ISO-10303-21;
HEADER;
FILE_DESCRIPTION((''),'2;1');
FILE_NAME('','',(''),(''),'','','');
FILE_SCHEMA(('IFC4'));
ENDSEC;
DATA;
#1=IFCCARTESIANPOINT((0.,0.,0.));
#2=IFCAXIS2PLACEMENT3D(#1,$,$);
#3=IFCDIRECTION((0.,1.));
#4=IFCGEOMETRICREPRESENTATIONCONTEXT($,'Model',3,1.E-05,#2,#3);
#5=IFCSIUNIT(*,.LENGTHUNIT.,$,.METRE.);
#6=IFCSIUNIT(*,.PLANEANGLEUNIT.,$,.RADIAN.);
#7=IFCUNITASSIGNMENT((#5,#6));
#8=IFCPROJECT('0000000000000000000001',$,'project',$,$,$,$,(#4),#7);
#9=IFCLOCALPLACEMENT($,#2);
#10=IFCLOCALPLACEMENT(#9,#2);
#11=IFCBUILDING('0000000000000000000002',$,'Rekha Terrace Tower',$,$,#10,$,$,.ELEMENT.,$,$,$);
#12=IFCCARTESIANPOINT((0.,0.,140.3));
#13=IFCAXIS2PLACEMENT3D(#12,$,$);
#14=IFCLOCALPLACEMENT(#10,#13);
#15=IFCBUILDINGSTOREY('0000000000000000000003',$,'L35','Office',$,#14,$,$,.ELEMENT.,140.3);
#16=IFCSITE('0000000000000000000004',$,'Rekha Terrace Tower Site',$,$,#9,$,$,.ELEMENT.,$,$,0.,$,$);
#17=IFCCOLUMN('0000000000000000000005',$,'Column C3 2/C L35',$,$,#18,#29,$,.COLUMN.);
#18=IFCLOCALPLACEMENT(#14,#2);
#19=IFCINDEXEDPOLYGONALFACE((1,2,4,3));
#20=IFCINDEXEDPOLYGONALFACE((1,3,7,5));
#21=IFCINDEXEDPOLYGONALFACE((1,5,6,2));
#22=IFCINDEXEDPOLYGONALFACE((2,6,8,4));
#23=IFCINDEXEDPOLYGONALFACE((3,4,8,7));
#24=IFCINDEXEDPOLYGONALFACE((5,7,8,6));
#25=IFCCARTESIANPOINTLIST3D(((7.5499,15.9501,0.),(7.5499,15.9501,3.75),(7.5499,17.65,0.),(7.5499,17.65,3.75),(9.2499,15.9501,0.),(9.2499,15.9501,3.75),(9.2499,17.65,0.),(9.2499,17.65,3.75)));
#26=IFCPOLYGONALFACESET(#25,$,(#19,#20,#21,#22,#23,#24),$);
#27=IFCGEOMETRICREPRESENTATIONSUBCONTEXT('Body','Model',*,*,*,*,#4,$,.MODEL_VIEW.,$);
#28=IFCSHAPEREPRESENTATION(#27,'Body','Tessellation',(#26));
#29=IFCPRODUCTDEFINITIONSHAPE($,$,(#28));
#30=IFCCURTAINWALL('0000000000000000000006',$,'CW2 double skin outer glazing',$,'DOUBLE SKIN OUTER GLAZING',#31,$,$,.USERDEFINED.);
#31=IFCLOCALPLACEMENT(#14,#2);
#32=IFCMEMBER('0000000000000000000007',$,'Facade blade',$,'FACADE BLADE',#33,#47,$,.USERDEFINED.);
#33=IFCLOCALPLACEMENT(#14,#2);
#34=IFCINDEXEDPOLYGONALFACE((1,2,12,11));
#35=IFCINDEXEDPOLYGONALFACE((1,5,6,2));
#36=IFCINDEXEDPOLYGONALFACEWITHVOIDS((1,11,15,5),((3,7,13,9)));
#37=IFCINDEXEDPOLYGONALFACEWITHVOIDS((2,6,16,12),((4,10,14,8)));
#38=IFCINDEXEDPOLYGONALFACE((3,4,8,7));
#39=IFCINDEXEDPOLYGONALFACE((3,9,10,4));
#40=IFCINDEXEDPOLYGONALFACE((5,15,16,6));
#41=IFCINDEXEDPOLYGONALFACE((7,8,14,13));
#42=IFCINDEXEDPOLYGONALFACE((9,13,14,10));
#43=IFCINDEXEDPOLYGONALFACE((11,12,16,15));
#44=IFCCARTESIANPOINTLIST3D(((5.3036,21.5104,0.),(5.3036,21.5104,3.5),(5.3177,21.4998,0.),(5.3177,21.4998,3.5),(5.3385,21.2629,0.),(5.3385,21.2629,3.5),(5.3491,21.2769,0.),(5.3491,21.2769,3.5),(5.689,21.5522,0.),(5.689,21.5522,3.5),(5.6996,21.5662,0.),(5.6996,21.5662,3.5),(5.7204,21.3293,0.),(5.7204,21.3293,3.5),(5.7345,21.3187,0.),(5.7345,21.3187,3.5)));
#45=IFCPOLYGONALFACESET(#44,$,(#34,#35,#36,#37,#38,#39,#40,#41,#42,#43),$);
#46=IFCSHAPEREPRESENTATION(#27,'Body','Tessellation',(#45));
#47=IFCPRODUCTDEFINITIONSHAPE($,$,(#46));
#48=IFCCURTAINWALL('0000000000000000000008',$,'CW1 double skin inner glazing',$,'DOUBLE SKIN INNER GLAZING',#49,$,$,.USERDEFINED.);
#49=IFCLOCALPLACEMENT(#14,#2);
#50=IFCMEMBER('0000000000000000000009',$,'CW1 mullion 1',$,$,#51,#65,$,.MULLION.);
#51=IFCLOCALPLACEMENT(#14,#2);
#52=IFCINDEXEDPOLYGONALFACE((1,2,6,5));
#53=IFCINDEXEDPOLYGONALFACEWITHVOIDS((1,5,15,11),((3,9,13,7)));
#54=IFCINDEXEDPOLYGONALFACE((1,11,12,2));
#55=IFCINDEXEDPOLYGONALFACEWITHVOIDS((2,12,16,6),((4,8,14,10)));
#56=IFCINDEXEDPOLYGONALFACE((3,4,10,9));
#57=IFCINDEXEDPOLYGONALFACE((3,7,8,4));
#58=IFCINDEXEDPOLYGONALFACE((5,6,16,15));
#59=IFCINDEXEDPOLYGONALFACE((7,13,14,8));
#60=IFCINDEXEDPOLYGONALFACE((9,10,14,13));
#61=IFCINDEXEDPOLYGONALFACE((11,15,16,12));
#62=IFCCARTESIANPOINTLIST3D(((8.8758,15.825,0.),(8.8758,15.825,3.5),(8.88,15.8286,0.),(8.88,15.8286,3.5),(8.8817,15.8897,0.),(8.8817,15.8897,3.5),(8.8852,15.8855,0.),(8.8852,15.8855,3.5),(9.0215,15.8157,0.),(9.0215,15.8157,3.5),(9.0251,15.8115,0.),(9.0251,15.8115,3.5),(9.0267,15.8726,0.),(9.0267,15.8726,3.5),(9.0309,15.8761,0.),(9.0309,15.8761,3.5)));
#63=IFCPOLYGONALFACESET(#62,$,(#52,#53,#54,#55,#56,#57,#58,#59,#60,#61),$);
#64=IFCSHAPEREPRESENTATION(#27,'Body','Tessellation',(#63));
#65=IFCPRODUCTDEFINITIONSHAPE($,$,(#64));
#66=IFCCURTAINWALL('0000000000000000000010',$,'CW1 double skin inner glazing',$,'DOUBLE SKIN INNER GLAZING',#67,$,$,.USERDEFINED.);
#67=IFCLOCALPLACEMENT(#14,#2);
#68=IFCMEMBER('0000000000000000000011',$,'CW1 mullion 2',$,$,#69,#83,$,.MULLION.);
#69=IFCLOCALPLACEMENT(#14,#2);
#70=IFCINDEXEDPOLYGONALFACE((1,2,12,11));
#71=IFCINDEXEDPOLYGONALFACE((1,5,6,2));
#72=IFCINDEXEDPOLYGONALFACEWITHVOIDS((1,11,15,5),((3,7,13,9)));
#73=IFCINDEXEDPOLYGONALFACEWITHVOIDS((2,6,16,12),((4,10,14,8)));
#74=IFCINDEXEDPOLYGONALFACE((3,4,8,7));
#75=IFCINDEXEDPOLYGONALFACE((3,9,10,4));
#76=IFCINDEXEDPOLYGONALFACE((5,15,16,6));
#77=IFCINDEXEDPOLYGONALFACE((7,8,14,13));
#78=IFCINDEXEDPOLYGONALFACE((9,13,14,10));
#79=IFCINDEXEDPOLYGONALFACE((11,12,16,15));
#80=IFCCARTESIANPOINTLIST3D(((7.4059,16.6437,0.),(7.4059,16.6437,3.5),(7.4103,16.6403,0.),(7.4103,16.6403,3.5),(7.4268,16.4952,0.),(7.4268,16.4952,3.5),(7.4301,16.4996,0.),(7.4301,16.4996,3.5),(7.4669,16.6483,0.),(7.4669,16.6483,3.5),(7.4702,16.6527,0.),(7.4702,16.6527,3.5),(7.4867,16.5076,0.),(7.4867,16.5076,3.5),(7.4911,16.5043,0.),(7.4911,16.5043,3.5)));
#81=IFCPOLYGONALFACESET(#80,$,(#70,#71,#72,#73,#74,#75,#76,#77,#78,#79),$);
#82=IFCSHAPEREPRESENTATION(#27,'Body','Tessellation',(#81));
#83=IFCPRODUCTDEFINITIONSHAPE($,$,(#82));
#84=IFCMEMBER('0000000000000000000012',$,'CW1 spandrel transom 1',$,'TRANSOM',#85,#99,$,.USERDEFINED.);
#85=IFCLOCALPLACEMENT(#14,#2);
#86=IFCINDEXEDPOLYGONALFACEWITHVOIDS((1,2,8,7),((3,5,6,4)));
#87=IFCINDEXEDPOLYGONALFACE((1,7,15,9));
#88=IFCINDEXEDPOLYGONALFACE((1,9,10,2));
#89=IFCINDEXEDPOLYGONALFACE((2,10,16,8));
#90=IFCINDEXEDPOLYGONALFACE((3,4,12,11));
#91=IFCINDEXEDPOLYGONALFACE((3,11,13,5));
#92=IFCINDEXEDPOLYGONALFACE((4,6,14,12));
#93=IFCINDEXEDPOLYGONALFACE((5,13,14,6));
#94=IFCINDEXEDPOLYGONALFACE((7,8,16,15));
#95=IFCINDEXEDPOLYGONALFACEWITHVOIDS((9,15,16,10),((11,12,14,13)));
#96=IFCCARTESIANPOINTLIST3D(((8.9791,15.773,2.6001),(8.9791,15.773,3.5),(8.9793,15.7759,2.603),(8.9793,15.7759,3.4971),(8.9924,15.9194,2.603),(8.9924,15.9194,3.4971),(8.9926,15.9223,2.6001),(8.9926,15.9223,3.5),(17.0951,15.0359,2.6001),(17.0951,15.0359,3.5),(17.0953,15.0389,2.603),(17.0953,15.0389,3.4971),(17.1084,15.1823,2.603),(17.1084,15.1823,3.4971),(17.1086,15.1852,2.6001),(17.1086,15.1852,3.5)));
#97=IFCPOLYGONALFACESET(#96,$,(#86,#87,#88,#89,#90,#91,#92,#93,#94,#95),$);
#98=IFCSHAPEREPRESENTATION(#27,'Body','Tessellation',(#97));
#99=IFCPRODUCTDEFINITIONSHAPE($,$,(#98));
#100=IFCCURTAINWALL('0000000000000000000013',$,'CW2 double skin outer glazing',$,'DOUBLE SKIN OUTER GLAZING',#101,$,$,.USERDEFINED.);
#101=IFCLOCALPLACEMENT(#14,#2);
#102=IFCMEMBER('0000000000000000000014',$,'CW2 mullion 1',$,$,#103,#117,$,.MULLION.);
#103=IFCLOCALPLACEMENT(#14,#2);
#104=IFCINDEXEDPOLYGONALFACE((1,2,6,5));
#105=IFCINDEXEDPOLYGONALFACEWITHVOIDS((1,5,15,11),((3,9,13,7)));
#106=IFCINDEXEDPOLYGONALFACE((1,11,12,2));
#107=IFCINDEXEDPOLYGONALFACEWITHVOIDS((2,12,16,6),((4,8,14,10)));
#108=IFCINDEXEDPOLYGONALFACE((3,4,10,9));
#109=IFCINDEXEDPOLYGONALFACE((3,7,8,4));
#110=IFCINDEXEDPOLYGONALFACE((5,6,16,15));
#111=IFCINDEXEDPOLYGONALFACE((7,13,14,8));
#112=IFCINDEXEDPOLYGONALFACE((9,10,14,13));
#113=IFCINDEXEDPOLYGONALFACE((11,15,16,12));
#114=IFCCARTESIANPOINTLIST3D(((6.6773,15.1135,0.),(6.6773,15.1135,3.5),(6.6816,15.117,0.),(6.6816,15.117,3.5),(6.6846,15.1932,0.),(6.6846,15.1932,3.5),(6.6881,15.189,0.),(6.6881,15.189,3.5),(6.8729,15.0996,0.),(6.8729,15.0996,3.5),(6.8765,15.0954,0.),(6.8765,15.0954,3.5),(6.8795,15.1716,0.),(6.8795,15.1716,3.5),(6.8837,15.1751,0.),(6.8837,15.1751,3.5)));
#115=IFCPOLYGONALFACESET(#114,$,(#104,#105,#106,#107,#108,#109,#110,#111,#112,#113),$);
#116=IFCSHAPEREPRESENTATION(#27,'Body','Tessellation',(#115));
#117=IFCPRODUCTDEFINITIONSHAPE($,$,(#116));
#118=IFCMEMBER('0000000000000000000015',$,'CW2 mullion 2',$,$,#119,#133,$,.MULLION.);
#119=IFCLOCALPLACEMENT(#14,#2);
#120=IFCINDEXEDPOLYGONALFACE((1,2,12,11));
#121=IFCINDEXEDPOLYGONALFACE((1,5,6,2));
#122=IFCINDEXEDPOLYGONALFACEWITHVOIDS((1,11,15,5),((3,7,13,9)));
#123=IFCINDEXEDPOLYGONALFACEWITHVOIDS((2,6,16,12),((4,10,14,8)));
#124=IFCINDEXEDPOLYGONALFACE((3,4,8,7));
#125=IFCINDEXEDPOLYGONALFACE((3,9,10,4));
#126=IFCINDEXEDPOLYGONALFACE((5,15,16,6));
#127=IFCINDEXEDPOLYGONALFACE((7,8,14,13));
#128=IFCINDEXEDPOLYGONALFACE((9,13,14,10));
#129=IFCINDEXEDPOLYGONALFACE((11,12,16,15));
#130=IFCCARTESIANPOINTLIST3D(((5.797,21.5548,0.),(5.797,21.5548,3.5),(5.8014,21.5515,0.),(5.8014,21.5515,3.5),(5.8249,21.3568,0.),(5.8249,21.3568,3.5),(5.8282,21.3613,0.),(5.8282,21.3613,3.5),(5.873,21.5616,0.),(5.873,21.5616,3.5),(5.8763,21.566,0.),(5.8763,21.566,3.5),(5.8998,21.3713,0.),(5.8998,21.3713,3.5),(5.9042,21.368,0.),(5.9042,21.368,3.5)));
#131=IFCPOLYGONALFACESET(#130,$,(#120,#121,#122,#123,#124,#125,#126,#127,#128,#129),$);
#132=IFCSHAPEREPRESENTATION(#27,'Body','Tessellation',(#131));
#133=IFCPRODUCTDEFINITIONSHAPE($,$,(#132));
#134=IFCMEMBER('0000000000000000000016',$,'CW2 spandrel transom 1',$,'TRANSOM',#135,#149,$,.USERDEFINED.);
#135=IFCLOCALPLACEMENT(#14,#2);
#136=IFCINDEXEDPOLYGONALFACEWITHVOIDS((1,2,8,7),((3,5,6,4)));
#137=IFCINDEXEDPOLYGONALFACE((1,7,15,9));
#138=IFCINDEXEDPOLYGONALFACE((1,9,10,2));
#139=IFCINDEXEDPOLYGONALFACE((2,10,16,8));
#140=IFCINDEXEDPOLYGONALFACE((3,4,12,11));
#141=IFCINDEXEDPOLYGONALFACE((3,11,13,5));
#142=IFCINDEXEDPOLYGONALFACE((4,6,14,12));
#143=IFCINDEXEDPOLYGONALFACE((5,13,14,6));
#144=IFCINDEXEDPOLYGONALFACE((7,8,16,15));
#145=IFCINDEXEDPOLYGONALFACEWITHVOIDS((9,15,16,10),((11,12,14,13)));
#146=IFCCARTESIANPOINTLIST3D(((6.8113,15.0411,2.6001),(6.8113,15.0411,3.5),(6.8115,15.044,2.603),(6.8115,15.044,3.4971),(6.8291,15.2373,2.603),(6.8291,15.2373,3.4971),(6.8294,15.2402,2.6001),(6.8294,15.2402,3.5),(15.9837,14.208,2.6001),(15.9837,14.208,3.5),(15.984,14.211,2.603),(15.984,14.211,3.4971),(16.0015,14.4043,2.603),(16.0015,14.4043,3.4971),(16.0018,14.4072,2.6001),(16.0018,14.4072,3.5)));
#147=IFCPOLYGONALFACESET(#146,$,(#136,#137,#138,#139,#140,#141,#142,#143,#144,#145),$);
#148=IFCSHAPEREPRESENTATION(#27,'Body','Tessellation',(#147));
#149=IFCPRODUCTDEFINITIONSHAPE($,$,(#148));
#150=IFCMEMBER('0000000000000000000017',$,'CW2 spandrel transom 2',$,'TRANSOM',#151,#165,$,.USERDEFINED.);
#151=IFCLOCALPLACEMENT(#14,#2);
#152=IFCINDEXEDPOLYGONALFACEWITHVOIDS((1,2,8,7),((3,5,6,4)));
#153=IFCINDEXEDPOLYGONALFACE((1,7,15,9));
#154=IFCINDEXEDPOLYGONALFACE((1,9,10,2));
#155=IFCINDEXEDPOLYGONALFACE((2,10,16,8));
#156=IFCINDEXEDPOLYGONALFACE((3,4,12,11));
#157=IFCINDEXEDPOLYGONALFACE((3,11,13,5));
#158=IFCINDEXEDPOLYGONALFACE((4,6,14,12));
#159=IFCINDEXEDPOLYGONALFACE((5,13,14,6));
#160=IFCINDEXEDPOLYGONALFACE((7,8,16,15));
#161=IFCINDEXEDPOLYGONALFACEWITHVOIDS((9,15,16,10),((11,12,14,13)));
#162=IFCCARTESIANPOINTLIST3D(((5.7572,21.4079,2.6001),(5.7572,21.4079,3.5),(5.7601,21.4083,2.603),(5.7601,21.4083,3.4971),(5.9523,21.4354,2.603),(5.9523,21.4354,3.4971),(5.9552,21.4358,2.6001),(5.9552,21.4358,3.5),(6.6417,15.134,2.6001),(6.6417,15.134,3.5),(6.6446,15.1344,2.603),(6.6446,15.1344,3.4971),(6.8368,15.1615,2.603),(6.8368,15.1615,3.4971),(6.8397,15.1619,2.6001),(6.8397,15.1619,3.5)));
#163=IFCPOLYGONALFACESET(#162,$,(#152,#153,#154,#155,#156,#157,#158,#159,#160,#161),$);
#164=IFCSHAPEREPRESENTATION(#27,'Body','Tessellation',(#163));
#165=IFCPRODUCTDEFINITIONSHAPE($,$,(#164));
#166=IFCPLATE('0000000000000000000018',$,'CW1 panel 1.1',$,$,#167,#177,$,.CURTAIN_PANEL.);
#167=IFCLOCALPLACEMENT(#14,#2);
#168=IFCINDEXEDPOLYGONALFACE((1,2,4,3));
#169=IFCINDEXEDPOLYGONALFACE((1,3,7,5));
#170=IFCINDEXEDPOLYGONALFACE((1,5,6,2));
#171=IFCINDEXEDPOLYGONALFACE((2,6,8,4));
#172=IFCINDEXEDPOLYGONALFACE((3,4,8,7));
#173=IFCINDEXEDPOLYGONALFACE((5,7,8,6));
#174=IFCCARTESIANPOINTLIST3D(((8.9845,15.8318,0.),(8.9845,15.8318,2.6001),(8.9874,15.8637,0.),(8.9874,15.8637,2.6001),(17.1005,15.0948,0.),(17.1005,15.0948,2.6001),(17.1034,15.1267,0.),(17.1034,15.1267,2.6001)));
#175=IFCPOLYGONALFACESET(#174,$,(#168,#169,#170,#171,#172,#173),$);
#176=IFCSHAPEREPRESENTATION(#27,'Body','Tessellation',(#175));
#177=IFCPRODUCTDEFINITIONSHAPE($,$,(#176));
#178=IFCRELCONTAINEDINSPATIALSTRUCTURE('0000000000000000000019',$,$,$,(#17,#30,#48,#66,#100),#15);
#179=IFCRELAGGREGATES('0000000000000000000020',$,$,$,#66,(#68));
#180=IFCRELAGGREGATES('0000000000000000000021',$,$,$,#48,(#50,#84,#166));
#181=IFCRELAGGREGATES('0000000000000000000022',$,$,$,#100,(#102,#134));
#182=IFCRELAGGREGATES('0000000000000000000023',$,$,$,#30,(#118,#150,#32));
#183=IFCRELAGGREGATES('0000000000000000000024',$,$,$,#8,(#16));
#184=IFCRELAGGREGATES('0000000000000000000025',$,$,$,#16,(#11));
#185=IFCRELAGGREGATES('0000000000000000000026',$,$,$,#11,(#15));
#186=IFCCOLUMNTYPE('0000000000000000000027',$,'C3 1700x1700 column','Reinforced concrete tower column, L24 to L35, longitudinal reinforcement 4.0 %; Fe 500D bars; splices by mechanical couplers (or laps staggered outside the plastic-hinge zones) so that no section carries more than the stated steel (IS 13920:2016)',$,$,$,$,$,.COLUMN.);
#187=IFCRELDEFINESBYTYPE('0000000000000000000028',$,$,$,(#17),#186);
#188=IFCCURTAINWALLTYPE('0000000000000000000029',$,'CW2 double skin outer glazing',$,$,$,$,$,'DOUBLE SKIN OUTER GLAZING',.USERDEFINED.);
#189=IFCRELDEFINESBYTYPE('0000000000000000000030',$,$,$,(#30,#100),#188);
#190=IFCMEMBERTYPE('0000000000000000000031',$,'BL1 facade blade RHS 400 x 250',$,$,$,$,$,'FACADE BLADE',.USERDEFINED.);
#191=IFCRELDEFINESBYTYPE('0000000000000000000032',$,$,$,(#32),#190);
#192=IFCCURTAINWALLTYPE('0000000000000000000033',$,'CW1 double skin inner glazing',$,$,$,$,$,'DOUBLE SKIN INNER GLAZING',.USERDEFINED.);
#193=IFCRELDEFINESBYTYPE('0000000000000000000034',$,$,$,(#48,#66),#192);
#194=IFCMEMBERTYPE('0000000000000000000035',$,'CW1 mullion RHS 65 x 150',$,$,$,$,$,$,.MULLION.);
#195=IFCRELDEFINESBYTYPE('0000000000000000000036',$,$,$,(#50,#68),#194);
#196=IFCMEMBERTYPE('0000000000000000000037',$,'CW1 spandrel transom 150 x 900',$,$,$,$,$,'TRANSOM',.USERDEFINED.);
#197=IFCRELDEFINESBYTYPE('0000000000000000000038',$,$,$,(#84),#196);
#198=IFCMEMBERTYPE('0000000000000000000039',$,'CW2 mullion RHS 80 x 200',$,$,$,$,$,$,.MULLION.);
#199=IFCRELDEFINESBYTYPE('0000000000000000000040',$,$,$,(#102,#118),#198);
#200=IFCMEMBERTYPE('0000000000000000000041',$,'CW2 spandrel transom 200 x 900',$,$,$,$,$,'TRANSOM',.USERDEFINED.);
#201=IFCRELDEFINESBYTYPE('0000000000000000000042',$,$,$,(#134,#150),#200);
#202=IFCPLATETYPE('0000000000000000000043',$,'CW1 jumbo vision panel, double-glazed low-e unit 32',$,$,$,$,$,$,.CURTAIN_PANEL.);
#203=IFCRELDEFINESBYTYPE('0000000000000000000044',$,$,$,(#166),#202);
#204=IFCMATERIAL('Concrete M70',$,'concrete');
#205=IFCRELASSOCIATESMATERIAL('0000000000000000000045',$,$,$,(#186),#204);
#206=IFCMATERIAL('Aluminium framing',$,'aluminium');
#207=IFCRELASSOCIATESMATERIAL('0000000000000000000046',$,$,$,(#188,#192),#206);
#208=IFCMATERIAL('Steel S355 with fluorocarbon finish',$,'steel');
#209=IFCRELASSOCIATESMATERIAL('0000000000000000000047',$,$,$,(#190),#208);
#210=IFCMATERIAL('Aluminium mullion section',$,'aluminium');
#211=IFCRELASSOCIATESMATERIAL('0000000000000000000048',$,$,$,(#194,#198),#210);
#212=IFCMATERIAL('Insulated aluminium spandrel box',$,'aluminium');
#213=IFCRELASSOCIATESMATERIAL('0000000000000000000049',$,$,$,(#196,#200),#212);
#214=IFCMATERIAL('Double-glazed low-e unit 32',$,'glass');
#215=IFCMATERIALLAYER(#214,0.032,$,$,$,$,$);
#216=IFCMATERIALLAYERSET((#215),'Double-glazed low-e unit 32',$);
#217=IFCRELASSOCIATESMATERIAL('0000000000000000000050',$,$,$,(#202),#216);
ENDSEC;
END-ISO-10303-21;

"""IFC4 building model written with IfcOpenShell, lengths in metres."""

from ifc_helpers import new_model, si_unit, direction, frame, origin, origin_2d, place, context, subcontext, project, spatial, rectangle, hollow_rectangle, extrude, material, layer, layer_set, material_profile, profile_set, type_object, element, aggregate, save


model = new_model("IFC4")

# Units and contexts
model_context = context("Model", 3, precision=1e-05, world=origin(), true_north=direction((0.0, 1.0)))
body_context = subcontext(model_context, "Body", "Model", "MODEL_VIEW")
ifc_project = project(units=[si_unit("LENGTHUNIT", "METRE"), si_unit("PLANEANGLEUNIT", "RADIAN")], contexts=[model_context])

# Site, building, storey
site_placement = place(None, origin())
site = spatial("IfcSite", under=ifc_project, at=site_placement, Name="Rekha Terrace Tower Site", CompositionType="ELEMENT", RefElevation=0.0)
building_placement = place(site_placement, origin())
building = spatial("IfcBuilding", under=site, at=building_placement, Name="Rekha Terrace Tower", CompositionType="ELEMENT")
storey_placement = place(building_placement, frame((0.0, 0.0, 140.3)))
storey = spatial("IfcBuildingStorey", under=building, at=storey_placement, Name="L35", Description="Office", CompositionType="ELEMENT", Elevation=140.3)

# Column
ifc_material_1 = material(Name="Concrete M70", Category="concrete")
ifc_material_profile_1 = material_profile(ifc_material_1, rectangle(XDim=1.7, YDim=1.7, at=origin_2d()), Name="RC 1700x1700")
ifc_profile_set_1 = profile_set([ifc_material_profile_1], Name="Concrete M70")
column_type = type_object("IfcColumnType", Name="C3 1700x1700 column", Description="Reinforced concrete tower column, L24 to L35, longitudinal reinforcement 4.0 %; Fe 500D bars; splices by mechanical couplers (or laps staggered outside the plastic-hinge zones) so that no section carries more than the stated steel (IS 13920:2016)", PredefinedType="COLUMN", material=ifc_profile_set_1)
column_placement = place(storey_placement, frame((8.3999, 16.8, 0.0), z_axis=(0.0, 0.0, 1.0), x_axis=(1.0, 0.0, 0.0)))
element("IfcColumn", 1, at=column_placement, inside=storey, type_object=column_type, Name="Column C3 2/C L35", PredefinedType="COLUMN", context=body_context, shape_type="SweptSolid", body=[
    extrude(rectangle(XDim=1.7, YDim=1.7, at=origin_2d()), origin(), (0.0, 0.0, 1.0), 3.75),
])

# Curtain walls, members
ifc_material_2 = material(Name="Aluminium framing", Category="aluminium")
curtain_wall_type_1 = type_object("IfcCurtainWallType", Name="CW2 double skin outer glazing", ElementType="DOUBLE SKIN OUTER GLAZING", PredefinedType="USERDEFINED", material=ifc_material_2)
curtain_wall_1_placement = place(storey_placement, origin())
curtain_wall_1 = element("IfcCurtainWall", 2, at=curtain_wall_1_placement, inside=storey, type_object=curtain_wall_type_1, Name="CW2 double skin outer glazing", ObjectType="DOUBLE SKIN OUTER GLAZING", PredefinedType="USERDEFINED")
ifc_material_3 = material(Name="Steel S355 with fluorocarbon finish", Category="steel")
ifc_material_profile_2 = material_profile(ifc_material_3, hollow_rectangle(XDim=0.25, YDim=0.3999, WallThickness=0.0125, at=origin_2d()), Name="RHS400x250x12.5")
ifc_profile_set_2 = profile_set([ifc_material_profile_2], Name="Steel S355 with fluorocarbon finish")
member_type_1 = type_object("IfcMemberType", Name="BL1 facade blade RHS 400 x 250", ElementType="FACADE BLADE", PredefinedType="USERDEFINED", material=ifc_profile_set_2)
member_1_placement = place(storey_placement, frame((5.519, 21.4146, 0.0), z_axis=(0.0, 0.0, 1.0), x_axis=(0.139597, -0.990208, 0.0)))
member_1 = element("IfcMember", 3, at=member_1_placement, type_object=member_type_1, Name="Facade blade", ObjectType="FACADE BLADE", PredefinedType="USERDEFINED", context=body_context, shape_type="SweptSolid", body=[
    extrude(hollow_rectangle(XDim=0.25, YDim=0.3999, WallThickness=0.0125, at=origin_2d()), origin(), (0.0, 0.0, 1.0), 3.5),
])
curtain_wall_type_2 = type_object("IfcCurtainWallType", Name="CW1 double skin inner glazing", ElementType="DOUBLE SKIN INNER GLAZING", PredefinedType="USERDEFINED", material=ifc_material_2)
curtain_wall_2_placement = place(storey_placement, origin())
curtain_wall_2 = element("IfcCurtainWall", 4, at=curtain_wall_2_placement, inside=storey, type_object=curtain_wall_type_2, Name="CW1 double skin inner glazing", ObjectType="DOUBLE SKIN INNER GLAZING", PredefinedType="USERDEFINED")
ifc_material_4 = material(Name="Aluminium mullion section", Category="aluminium")
ifc_material_profile_3 = material_profile(ifc_material_4, hollow_rectangle(XDim=0.0649, YDim=0.1499, WallThickness=0.0039, at=origin_2d()), Name="AL RHS 65x150")
ifc_profile_set_3 = profile_set([ifc_material_profile_3], Name="Aluminium mullion section")
member_type_2 = type_object("IfcMemberType", Name="CW1 mullion RHS 65 x 150", PredefinedType="MULLION", material=ifc_profile_set_3)
member_2_placement = place(storey_placement, frame((8.9534, 15.8506, 0.0), z_axis=(0.0, 0.0, 1.0), x_axis=(0.09044, 0.995902, 0.0)))
member_2 = element("IfcMember", 5, at=member_2_placement, type_object=member_type_2, Name="CW1 mullion 1", PredefinedType="MULLION", context=body_context, shape_type="SweptSolid", body=[
    extrude(hollow_rectangle(XDim=0.0649, YDim=0.1499, WallThickness=0.0039, at=origin_2d()), origin(), (0.0, 0.0, 1.0), 3.5),
])
curtain_wall_3_placement = place(storey_placement, origin())
curtain_wall_3 = element("IfcCurtainWall", 6, at=curtain_wall_3_placement, inside=storey, type_object=curtain_wall_type_2, Name="CW1 double skin inner glazing", ObjectType="DOUBLE SKIN INNER GLAZING", PredefinedType="USERDEFINED")
member_3_placement = place(storey_placement, frame((7.4485, 16.574, 0.0), z_axis=(0.0, 0.0, 1.0), x_axis=(0.990208, 0.139597, 0.0)))
member_3 = element("IfcMember", 7, at=member_3_placement, type_object=member_type_2, Name="CW1 mullion 2", PredefinedType="MULLION", context=body_context, shape_type="SweptSolid", body=[
    extrude(hollow_rectangle(XDim=0.0649, YDim=0.1499, WallThickness=0.0039, at=origin_2d()), origin(), (0.0, 0.0, 1.0), 3.5),
])
aggregate(curtain_wall_3, [member_3])

# Member
ifc_material_5 = material(Name="Insulated aluminium spandrel box", Category="aluminium")
ifc_material_profile_4 = material_profile(ifc_material_5, hollow_rectangle(XDim=0.1499, YDim=0.8999, WallThickness=0.0029, at=origin_2d()), Name="AL SPANDREL BOX 150x900")
ifc_profile_set_4 = profile_set([ifc_material_profile_4], Name="Insulated aluminium spandrel box")
member_type_3 = type_object("IfcMemberType", Name="CW1 spandrel transom 150 x 900", ElementType="TRANSOM", PredefinedType="USERDEFINED", material=ifc_profile_set_4)
member_4_placement = place(storey_placement, frame((8.9858, 15.8477, 3.05), z_axis=(0.995902, -0.090444, 0.0), x_axis=(0.090444, 0.995902, 0.0)))
member_4 = element("IfcMember", 8, at=member_4_placement, type_object=member_type_3, Name="CW1 spandrel transom 1", ObjectType="TRANSOM", PredefinedType="USERDEFINED", context=body_context, shape_type="SweptSolid", body=[
    extrude(hollow_rectangle(XDim=0.1499, YDim=0.8999, WallThickness=0.0029, at=origin_2d()), origin(), (0.0, 0.0, 1.0), 8.1494),
])

# Curtain wall, member
curtain_wall_4_placement = place(storey_placement, origin())
curtain_wall_4 = element("IfcCurtainWall", 9, at=curtain_wall_4_placement, inside=storey, type_object=curtain_wall_type_1, Name="CW2 double skin outer glazing", ObjectType="DOUBLE SKIN OUTER GLAZING", PredefinedType="USERDEFINED")
ifc_material_profile_5 = material_profile(ifc_material_4, hollow_rectangle(XDim=0.0801, YDim=0.2, WallThickness=0.0039, at=origin_2d()), Name="AL RHS 80x200")
ifc_profile_set_5 = profile_set([ifc_material_profile_5], Name="Aluminium mullion section")
member_type_4 = type_object("IfcMemberType", Name="CW2 mullion RHS 80 x 200", PredefinedType="MULLION", material=ifc_profile_set_5)
member_5_placement = place(storey_placement, frame((6.7805, 15.1443, 0.0), z_axis=(0.0, 0.0, 1.0), x_axis=(0.09044, 0.995902, 0.0)))
member_5 = element("IfcMember", 10, at=member_5_placement, type_object=member_type_4, Name="CW2 mullion 1", PredefinedType="MULLION", context=body_context, shape_type="SweptSolid", body=[
    extrude(hollow_rectangle(XDim=0.0801, YDim=0.2, WallThickness=0.0039, at=origin_2d()), origin(), (0.0, 0.0, 1.0), 3.5),
])

# Members
member_6_placement = place(storey_placement, frame((5.8506, 21.4614, 0.0), z_axis=(0.0, 0.0, 1.0), x_axis=(0.990208, 0.139597, 0.0)))
member_6 = element("IfcMember", 11, at=member_6_placement, type_object=member_type_4, Name="CW2 mullion 2", PredefinedType="MULLION", context=body_context, shape_type="SweptSolid", body=[
    extrude(hollow_rectangle(XDim=0.0801, YDim=0.2, WallThickness=0.0039, at=origin_2d()), origin(), (0.0, 0.0, 1.0), 3.5),
])
ifc_material_profile_6 = material_profile(ifc_material_5, hollow_rectangle(XDim=0.2, YDim=0.8999, WallThickness=0.0029, at=origin_2d()), Name="AL SPANDREL BOX 200x900")
ifc_profile_set_6 = profile_set([ifc_material_profile_6], Name="Insulated aluminium spandrel box")
member_type_5 = type_object("IfcMemberType", Name="CW2 spandrel transom 200 x 900", ElementType="TRANSOM", PredefinedType="USERDEFINED", material=ifc_profile_set_6)
member_7_placement = place(storey_placement, frame((6.8203, 15.1406, 3.05), z_axis=(0.995901, -0.090445, 0.0), x_axis=(0.090445, 0.995901, 0.0)))
member_7 = element("IfcMember", 12, at=member_7_placement, type_object=member_type_5, Name="CW2 spandrel transom 1", ObjectType="TRANSOM", PredefinedType="USERDEFINED", context=body_context, shape_type="SweptSolid", body=[
    extrude(hollow_rectangle(XDim=0.2, YDim=0.8999, WallThickness=0.0029, at=origin_2d()), origin(), (0.0, 0.0, 1.0), 9.2102),
])
member_8_placement = place(storey_placement, frame((5.8562, 21.4219, 3.05), z_axis=(0.139603, -0.990208, 0.0), x_axis=(0.990208, 0.139603, 0.0)))
member_8 = element("IfcMember", 13, at=member_8_placement, type_object=member_type_5, Name="CW2 spandrel transom 2", ObjectType="TRANSOM", PredefinedType="USERDEFINED", context=body_context, shape_type="SweptSolid", body=[
    extrude(hollow_rectangle(XDim=0.2, YDim=0.8999, WallThickness=0.0029, at=origin_2d()), origin(), (0.0, 0.0, 1.0), 6.3359),
])

# Plate
ifc_material_6 = material(Name="Double-glazed low-e unit 32", Category="glass")
ifc_layer_1 = layer(ifc_material_6, 0.032)
ifc_layer_set_1 = layer_set([ifc_layer_1], Name="Double-glazed low-e unit 32")
plate_type_1 = type_object("IfcPlateType", Name="CW1 jumbo vision panel, double-glazed low-e unit 32", PredefinedType="CURTAIN_PANEL", material=ifc_layer_set_1)
plate_1_placement = place(storey_placement, frame((13.0439, 15.4792, 0.0), z_axis=(0.0, 0.0, 1.0), x_axis=(0.995902, -0.09044, 0.0)))
plate_1 = element("IfcPlate", 14, at=plate_1_placement, type_object=plate_type_1, Name="CW1 panel 1.1", PredefinedType="CURTAIN_PANEL", context=body_context, shape_type="SweptSolid", body=[
    extrude(rectangle(XDim=8.1494, YDim=0.032, at=origin_2d()), origin(), (0.0, 0.0, 1.0), 2.6001),
])
aggregate(curtain_wall_2, [member_2, member_4, plate_1])
aggregate(curtain_wall_4, [member_5, member_7])
aggregate(curtain_wall_1, [member_6, member_8, member_1])

save(model, "model.ifc")
